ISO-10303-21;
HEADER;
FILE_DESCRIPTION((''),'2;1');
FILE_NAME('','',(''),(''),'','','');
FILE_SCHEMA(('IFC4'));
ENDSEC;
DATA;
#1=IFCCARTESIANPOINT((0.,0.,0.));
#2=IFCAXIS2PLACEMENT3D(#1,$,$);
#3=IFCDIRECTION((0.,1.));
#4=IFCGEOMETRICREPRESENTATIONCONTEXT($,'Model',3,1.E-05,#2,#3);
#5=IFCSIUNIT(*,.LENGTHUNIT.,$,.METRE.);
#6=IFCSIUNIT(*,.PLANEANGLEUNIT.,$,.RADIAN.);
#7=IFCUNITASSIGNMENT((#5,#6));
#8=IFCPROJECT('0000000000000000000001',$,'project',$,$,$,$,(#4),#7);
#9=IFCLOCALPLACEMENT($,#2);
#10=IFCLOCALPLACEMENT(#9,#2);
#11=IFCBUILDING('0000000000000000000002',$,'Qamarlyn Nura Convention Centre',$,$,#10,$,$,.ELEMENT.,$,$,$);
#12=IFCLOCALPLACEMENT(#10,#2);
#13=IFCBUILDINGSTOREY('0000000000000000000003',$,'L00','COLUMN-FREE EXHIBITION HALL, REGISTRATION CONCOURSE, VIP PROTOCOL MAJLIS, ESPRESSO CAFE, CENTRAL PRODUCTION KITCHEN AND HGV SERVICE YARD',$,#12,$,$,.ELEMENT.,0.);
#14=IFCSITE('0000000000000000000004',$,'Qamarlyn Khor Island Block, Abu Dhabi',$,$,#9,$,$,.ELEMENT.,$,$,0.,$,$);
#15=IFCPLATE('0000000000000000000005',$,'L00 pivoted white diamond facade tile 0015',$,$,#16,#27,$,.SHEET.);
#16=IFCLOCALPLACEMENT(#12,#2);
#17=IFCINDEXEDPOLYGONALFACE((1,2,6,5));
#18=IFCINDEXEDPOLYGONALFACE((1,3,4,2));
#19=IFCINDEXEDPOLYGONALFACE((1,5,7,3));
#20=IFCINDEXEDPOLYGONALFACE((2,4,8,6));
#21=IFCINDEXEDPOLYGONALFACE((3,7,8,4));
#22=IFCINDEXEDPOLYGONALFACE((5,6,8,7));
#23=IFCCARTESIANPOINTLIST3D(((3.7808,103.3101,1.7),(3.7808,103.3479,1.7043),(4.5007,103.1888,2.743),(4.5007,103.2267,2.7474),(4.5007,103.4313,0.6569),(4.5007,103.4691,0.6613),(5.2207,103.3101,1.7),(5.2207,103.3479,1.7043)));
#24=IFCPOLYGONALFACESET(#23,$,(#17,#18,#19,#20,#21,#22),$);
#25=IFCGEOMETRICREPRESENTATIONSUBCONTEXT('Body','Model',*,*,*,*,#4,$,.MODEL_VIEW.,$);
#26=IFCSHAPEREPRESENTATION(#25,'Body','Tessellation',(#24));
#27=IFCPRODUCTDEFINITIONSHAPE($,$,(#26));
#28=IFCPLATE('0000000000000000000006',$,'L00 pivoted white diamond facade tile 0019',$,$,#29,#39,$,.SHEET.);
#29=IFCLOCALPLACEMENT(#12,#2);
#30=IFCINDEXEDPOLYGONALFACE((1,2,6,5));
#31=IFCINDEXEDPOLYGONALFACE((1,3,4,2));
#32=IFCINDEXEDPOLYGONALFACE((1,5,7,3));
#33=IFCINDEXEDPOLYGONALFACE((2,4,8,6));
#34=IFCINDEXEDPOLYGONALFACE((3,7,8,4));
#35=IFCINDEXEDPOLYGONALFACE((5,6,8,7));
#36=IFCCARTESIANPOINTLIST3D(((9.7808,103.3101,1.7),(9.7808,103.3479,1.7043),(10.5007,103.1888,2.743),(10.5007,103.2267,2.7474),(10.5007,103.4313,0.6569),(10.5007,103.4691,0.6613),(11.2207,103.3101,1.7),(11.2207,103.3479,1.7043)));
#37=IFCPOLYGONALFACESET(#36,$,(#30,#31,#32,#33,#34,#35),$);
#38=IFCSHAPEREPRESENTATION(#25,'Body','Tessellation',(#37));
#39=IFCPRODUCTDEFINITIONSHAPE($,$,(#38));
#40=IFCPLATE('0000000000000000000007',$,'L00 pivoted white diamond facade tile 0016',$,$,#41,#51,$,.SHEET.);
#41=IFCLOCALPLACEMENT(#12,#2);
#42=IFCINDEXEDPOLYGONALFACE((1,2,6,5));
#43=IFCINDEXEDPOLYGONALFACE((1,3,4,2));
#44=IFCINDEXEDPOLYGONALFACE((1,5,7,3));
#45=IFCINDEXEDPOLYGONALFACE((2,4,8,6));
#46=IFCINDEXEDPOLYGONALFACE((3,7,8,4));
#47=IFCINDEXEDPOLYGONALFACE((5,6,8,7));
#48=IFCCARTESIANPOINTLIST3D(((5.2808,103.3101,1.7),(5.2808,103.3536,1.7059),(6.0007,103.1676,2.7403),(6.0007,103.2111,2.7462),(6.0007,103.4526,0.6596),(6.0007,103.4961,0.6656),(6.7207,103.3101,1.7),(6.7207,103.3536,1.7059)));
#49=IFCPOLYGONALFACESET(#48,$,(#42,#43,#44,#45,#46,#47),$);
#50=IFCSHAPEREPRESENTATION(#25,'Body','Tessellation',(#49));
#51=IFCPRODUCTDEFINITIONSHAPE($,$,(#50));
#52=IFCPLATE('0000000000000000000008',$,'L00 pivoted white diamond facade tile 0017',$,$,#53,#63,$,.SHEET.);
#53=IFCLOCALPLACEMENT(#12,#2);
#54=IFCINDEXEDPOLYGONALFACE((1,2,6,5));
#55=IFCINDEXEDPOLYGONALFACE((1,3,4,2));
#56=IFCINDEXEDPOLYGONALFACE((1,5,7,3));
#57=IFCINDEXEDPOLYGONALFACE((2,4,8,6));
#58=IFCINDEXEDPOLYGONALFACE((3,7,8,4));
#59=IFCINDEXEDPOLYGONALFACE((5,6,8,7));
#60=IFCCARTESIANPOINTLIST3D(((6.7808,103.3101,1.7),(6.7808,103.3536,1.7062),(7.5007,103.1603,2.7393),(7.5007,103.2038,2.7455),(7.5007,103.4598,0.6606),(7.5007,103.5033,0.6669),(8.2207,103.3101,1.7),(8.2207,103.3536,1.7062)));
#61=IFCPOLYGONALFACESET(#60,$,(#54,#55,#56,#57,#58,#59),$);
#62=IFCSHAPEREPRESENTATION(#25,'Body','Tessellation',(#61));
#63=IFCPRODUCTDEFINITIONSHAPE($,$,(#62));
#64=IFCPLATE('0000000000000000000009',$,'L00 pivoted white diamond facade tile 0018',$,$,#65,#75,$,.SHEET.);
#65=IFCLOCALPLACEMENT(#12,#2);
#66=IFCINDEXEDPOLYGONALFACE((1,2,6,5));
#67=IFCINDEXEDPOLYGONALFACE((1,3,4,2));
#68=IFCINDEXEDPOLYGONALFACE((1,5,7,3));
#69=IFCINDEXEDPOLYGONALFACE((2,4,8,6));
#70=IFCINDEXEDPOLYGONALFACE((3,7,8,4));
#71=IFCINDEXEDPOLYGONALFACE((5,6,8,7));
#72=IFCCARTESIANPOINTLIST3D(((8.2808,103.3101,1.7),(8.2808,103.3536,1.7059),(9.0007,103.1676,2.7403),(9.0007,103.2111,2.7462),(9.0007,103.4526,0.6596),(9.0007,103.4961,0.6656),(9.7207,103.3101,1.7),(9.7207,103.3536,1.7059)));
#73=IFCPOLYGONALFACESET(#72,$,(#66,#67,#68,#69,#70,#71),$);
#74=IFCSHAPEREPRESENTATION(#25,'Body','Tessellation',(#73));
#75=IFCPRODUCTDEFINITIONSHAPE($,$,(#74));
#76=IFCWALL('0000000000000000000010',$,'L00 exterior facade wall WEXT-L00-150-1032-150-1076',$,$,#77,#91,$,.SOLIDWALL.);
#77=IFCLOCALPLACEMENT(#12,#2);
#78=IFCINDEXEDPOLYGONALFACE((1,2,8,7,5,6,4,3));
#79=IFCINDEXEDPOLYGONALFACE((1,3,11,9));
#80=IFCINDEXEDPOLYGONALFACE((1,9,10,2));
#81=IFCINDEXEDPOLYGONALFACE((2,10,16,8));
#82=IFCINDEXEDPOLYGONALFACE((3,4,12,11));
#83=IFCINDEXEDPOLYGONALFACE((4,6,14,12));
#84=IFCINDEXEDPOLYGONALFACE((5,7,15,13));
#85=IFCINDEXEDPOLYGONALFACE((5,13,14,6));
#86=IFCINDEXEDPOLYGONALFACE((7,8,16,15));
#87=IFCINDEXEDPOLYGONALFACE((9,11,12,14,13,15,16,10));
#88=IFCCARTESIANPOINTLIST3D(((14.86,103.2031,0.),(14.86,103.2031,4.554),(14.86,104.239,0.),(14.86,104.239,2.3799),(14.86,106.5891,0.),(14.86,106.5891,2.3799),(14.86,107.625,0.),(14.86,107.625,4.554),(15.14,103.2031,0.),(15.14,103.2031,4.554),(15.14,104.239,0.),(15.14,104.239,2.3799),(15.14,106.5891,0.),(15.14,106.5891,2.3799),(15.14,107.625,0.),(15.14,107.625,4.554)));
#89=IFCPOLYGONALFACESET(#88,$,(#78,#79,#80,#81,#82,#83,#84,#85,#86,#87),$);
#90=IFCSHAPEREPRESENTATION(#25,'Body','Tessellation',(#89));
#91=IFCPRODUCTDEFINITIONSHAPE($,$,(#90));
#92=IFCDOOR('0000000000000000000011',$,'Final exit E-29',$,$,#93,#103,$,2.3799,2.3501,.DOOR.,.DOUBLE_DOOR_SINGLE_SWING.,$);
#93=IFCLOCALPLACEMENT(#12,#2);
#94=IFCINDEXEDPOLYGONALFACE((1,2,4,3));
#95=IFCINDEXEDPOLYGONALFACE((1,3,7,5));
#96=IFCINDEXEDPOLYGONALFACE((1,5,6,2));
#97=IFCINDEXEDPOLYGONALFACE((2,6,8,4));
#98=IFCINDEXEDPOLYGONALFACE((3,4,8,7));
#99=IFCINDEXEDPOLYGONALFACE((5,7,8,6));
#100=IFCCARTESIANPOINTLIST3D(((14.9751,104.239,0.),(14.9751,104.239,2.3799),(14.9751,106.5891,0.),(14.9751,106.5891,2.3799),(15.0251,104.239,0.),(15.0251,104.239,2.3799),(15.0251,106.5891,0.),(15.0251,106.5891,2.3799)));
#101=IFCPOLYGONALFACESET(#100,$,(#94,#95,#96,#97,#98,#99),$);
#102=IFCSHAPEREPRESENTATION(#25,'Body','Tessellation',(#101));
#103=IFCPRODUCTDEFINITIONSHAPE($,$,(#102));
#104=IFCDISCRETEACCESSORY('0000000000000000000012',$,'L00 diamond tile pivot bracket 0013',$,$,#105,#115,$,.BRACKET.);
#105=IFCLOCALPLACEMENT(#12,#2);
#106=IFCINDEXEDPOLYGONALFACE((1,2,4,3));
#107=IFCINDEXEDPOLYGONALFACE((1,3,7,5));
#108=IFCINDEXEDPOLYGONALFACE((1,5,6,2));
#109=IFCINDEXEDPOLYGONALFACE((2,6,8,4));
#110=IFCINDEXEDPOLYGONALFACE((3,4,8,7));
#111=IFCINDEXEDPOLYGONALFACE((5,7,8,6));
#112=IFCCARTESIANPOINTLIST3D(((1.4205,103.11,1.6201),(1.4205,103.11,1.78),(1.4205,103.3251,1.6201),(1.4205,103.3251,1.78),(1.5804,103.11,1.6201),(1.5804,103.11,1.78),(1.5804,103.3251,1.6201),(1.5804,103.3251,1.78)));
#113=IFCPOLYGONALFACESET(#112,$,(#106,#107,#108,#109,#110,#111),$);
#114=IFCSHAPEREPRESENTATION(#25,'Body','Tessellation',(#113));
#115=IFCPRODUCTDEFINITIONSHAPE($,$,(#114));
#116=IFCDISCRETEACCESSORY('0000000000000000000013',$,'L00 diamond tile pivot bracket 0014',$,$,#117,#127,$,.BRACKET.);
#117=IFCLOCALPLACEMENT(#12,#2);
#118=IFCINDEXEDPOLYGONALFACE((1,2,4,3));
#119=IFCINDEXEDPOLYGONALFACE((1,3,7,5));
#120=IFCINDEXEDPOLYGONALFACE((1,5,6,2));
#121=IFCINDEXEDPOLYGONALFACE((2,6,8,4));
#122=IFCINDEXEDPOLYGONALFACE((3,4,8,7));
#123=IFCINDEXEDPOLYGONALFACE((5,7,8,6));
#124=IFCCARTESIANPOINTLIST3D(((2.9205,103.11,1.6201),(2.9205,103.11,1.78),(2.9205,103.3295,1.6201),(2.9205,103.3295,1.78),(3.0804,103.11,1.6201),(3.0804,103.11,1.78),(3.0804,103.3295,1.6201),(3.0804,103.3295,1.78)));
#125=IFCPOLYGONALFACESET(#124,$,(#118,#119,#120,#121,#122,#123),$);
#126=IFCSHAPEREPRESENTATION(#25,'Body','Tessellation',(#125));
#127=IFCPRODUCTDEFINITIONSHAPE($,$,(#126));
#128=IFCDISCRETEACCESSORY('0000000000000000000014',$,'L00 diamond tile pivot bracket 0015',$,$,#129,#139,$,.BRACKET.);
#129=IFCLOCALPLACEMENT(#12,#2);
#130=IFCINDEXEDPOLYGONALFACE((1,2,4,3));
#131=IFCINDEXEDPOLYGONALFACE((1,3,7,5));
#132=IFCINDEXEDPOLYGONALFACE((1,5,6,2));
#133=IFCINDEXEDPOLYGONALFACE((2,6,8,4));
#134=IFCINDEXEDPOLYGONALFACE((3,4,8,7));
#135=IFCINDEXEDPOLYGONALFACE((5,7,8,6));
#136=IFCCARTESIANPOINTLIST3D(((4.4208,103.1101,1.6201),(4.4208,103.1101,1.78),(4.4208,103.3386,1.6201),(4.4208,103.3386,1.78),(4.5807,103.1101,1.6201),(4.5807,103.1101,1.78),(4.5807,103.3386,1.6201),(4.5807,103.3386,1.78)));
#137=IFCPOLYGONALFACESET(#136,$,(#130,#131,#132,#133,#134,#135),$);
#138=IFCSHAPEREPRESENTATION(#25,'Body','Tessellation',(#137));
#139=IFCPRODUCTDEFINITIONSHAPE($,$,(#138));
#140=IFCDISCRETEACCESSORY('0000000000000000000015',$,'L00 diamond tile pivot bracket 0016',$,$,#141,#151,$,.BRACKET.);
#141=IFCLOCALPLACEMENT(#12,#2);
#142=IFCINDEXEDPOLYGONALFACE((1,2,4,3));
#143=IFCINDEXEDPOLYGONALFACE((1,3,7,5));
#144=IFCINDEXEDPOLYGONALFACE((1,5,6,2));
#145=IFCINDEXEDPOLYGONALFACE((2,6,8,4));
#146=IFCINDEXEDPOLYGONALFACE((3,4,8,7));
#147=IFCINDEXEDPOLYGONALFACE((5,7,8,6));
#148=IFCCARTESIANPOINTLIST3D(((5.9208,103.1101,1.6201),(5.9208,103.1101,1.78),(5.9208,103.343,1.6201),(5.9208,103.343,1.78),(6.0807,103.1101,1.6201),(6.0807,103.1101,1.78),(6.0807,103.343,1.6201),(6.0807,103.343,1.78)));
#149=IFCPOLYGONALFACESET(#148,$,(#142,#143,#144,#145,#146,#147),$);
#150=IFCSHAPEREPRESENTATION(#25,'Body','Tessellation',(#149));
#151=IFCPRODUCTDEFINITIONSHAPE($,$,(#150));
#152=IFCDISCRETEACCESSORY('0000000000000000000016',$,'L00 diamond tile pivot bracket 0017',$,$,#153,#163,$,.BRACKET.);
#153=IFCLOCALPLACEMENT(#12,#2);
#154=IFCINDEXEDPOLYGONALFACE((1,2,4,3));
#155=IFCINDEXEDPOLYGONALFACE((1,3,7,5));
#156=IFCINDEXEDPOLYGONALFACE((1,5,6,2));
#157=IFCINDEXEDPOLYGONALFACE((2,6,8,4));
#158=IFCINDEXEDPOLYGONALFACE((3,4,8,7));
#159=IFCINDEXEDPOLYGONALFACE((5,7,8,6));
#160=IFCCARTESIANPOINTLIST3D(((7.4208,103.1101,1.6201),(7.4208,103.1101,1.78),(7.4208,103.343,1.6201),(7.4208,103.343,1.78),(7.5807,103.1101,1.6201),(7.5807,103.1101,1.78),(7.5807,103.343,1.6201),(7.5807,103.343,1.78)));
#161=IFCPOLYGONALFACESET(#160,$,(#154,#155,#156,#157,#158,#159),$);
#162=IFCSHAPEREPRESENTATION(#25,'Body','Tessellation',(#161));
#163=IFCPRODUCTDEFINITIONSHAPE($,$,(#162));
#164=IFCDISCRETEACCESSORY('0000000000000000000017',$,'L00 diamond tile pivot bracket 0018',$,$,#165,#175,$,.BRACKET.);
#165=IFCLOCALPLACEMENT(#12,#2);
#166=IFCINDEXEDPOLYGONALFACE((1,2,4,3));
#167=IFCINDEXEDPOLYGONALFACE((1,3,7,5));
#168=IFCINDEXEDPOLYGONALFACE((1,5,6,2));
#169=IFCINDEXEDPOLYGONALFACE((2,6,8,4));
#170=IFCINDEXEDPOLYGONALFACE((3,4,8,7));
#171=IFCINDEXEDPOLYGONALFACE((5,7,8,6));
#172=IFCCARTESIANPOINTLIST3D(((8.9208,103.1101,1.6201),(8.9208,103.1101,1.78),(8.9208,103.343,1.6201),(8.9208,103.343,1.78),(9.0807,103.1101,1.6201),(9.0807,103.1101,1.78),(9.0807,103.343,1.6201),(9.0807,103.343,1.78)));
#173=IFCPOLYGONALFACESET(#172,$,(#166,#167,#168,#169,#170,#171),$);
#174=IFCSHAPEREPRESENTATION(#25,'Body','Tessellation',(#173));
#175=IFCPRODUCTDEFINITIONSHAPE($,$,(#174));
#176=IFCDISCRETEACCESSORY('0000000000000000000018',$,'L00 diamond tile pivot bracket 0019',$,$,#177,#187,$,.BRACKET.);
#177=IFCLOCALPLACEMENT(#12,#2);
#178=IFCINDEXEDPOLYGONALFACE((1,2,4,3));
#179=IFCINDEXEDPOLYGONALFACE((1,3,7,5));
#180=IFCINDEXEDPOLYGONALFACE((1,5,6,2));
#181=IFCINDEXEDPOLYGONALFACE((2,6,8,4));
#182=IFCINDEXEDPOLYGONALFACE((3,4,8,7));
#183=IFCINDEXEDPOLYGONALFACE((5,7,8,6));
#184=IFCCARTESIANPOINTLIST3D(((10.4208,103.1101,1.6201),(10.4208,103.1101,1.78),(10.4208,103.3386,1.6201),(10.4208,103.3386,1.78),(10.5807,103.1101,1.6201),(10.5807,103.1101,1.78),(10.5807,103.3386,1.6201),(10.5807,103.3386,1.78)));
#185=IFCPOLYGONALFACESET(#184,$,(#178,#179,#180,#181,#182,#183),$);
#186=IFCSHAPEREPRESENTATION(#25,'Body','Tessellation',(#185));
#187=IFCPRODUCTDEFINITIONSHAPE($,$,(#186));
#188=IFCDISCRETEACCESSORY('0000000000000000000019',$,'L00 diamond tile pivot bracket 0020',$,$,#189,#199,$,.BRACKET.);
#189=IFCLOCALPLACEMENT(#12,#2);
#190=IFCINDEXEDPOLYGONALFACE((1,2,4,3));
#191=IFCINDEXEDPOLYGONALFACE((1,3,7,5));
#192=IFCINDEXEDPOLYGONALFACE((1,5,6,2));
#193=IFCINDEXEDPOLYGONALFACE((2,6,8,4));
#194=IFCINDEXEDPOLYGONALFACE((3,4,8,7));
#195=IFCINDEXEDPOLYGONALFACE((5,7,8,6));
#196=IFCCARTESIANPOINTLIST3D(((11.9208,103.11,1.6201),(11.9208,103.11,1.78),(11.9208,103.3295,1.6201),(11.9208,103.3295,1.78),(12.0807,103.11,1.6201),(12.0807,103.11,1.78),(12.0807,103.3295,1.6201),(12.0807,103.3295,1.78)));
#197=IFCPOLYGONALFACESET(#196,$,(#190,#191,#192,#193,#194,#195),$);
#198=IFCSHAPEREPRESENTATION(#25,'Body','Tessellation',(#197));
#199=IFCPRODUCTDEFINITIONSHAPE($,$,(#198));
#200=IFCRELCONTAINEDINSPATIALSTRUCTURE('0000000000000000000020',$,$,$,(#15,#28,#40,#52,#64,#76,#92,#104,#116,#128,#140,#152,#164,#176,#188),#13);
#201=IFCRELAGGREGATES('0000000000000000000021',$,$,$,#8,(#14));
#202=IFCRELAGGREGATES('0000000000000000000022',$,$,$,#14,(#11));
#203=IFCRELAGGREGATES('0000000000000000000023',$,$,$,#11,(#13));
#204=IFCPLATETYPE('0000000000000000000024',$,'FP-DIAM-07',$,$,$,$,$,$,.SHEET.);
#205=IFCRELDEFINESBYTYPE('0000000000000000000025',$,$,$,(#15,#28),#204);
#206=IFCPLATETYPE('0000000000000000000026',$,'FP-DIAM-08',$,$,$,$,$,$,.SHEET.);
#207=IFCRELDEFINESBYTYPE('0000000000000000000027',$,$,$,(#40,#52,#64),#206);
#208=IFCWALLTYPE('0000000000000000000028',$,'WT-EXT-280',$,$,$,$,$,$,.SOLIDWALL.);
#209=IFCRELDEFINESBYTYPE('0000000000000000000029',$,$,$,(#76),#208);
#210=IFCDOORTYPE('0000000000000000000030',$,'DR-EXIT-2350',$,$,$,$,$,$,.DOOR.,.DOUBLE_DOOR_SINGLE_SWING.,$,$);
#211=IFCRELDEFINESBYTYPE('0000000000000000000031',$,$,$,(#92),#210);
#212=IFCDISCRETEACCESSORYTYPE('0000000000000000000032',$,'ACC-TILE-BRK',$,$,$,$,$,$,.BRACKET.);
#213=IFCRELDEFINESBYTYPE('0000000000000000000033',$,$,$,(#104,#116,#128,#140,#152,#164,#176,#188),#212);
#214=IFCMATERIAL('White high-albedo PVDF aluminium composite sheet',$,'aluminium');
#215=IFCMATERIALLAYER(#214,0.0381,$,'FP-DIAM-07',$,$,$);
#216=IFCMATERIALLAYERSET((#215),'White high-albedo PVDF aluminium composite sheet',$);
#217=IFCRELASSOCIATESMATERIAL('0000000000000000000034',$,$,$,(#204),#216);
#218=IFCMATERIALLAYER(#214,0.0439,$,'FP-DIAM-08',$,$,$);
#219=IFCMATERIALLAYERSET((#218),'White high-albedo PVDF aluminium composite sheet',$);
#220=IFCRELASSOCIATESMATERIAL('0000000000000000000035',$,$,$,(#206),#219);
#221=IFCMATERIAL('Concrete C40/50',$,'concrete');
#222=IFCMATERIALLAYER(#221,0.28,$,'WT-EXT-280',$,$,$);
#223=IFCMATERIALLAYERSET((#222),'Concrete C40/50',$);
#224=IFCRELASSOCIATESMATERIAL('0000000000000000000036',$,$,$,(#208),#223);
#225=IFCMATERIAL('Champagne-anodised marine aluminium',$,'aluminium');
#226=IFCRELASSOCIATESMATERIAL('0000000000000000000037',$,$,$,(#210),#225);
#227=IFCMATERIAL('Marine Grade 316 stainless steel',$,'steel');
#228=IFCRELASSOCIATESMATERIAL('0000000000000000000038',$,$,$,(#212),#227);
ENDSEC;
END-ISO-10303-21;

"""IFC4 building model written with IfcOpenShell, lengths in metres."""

from ifc_helpers import new_model, si_unit, direction, frame, frame_2d, origin, origin_2d, place, context, subcontext, project, spatial, polyline, rectangle, outline, extrude, material, layer, layer_set, type_object, element, fill, save


model = new_model("IFC4")

# Units and contexts
model_context = context("Model", 3, precision=1e-05, world=origin(), true_north=direction((0.0, 1.0)))
body_context = subcontext(model_context, "Body", "Model", "MODEL_VIEW")
ifc_project = project(units=[si_unit("LENGTHUNIT", "METRE"), si_unit("PLANEANGLEUNIT", "RADIAN")], contexts=[model_context])

# Site, building, storey
site_placement = place(None, origin())
site = spatial("IfcSite", under=ifc_project, at=site_placement, Name="Qamarlyn Khor Island Block, Abu Dhabi", CompositionType="ELEMENT", RefElevation=0.0)
building_placement = place(site_placement, origin())
building = spatial("IfcBuilding", under=site, at=building_placement, Name="Qamarlyn Nura Convention Centre", CompositionType="ELEMENT")
storey_placement = place(building_placement, origin())
storey = spatial("IfcBuildingStorey", under=building, at=storey_placement, Name="L00", Description="COLUMN-FREE EXHIBITION HALL, REGISTRATION CONCOURSE, VIP PROTOCOL MAJLIS, ESPRESSO CAFE, CENTRAL PRODUCTION KITCHEN AND HGV SERVICE YARD", CompositionType="ELEMENT", Elevation=0.0)

# Plates
ifc_material_1 = material(Name="White high-albedo PVDF aluminium composite sheet", Category="aluminium")
ifc_layer_1 = layer(ifc_material_1, 0.0381, Name="FP-DIAM-07")
ifc_layer_set_1 = layer_set([ifc_layer_1], Name="White high-albedo PVDF aluminium composite sheet")
plate_type_1 = type_object("IfcPlateType", Name="FP-DIAM-07", PredefinedType="SHEET", material=ifc_layer_set_1)
for number, where, z_axis, x_axis, name in (
    (1, (4.5007, 103.3101, 1.7), (0.0, 0.993312, 0.115457), (-1.0, 0.0, 0.0), "L00 pivoted white diamond facade tile 0015"),
    (2, (10.5007, 103.3101, 1.7), (0.0, 0.993312, 0.115457), (-1.0, 0.0, 0.0), "L00 pivoted white diamond facade tile 0019"),
):
    element("IfcPlate", number, at=place(storey_placement, frame(where, z_axis=z_axis, x_axis=x_axis)), inside=storey, type_object=plate_type_1, Name=name, PredefinedType="SHEET", context=body_context, shape_type="SweptSolid", body=[
        extrude(outline(polyline([(-0.72, 0.0), (0.0, -1.05), (0.72, 0.0), (0.0, 1.05), (-0.72, 0.0)])), origin(), (0.0, 0.0, 1.0), 0.0381),
    ])
ifc_layer_2 = layer(ifc_material_1, 0.0439, Name="FP-DIAM-08")
ifc_layer_set_2 = layer_set([ifc_layer_2], Name="White high-albedo PVDF aluminium composite sheet")
plate_type_2 = type_object("IfcPlateType", Name="FP-DIAM-08", PredefinedType="SHEET", material=ifc_layer_set_2)
for number, where, z_axis, x_axis, name in (
    (3, (6.0007, 103.3101, 1.7), (0.0, 0.990748, 0.135716), (-1.0, 0.0, 0.0), "L00 pivoted white diamond facade tile 0016"),
    (4, (7.5007, 103.3101, 1.7), (0.0, 0.989776, 0.142629), (-1.0, 0.0, 0.0), "L00 pivoted white diamond facade tile 0017"),
    (5, (9.0007, 103.3101, 1.7), (0.0, 0.990748, 0.135716), (-1.0, 0.0, 0.0), "L00 pivoted white diamond facade tile 0018"),
):
    element("IfcPlate", number, at=place(storey_placement, frame(where, z_axis=z_axis, x_axis=x_axis)), inside=storey, type_object=plate_type_2, Name=name, PredefinedType="SHEET", context=body_context, shape_type="SweptSolid", body=[
        extrude(outline(polyline([(-0.72, 0.0), (0.0, -1.05), (0.72, 0.0), (0.0, 1.05), (-0.72, 0.0)])), origin(), (0.0, 0.0, 1.0), 0.0439),
    ])

# Wall, opening, door
ifc_material_2 = material(Name="Concrete C40/50", Category="concrete")
ifc_layer_3 = layer(ifc_material_2, 0.28, Name="WT-EXT-280")
ifc_layer_set_3 = layer_set([ifc_layer_3], Name="Concrete C40/50")
wall_type = type_object("IfcWallType", Name="WT-EXT-280", PredefinedType="SOLIDWALL", material=ifc_layer_set_3)
wall_placement = place(storey_placement, frame((15.0, 103.2031, 0.0), z_axis=(0.0, 0.0, 1.0), x_axis=(0.0, 1.0, 0.0)))
wall = element("IfcWall", 6, at=wall_placement, inside=storey, type_object=wall_type, Name="L00 exterior facade wall WEXT-L00-150-1032-150-1076", PredefinedType="SOLIDWALL", context=body_context, shape_type="SweptSolid", body=[
    extrude(rectangle(XDim=4.4219, YDim=0.28, at=frame_2d((2.2109, 0.0))), origin(), (0.0, 0.0, 1.0), 4.554),
])
opening_placement = place(wall_placement, frame((1.0359, 0.0, 0.0)))
opening = element("IfcOpeningElement", 7, at=opening_placement, cuts=wall, PredefinedType="OPENING", context=body_context, shape_type="SweptSolid", body=[
    extrude(rectangle(XDim=2.3501, YDim=2.3799, at=frame_2d((1.175, 1.1899))), frame((0.0, 0.1499, 0.0), z_axis=(0.0, -1.0, 0.0), x_axis=(1.0, 0.0, 0.0)), (0.0, 0.0, 1.0), 0.3),
])
ifc_material_3 = material(Name="Champagne-anodised marine aluminium", Category="aluminium")
door_type = type_object("IfcDoorType", Name="DR-EXIT-2350", OperationType="DOUBLE_DOOR_SINGLE_SWING", PredefinedType="DOOR", material=ifc_material_3)
door_placement = place(opening_placement, origin())
door = element("IfcDoor", 8, at=door_placement, inside=storey, type_object=door_type, Name="Final exit E-29", OperationType="DOUBLE_DOOR_SINGLE_SWING", OverallHeight=2.3799, OverallWidth=2.3501, PredefinedType="DOOR", context=body_context, shape_type="SweptSolid", body=[
    extrude(rectangle(XDim=2.3501, YDim=2.3799, at=frame_2d((1.175, 1.1899))), frame((0.0, 0.0249, 0.0), z_axis=(0.0, -1.0, 0.0), x_axis=(1.0, 0.0, 0.0)), (0.0, 0.0, 1.0), 0.05),
])
fill(opening, door)

# Discrete accessories
ifc_material_4 = material(Name="Marine Grade 316 stainless steel", Category="steel")
discrete_accessory_type = type_object("IfcDiscreteAccessoryType", Name="ACC-TILE-BRK", PredefinedType="BRACKET", material=ifc_material_4)
discrete_accessory_1_placement = place(storey_placement, frame((1.5005, 103.2175, 1.6201), z_axis=(0.0, 0.0, 1.0), x_axis=(0.0, 1.0, 0.0)))
element("IfcDiscreteAccessory", 9, at=discrete_accessory_1_placement, inside=storey, type_object=discrete_accessory_type, Name="L00 diamond tile pivot bracket 0013", PredefinedType="BRACKET", context=body_context, shape_type="SweptSolid", body=[
    extrude(rectangle(XDim=0.2151, YDim=0.1599, at=origin_2d()), origin(), (0.0, 0.0, 1.0), 0.1599),
])
discrete_accessory_2_placement = place(storey_placement, frame((3.0005, 103.2197, 1.6201), z_axis=(0.0, 0.0, 1.0), x_axis=(0.0, 1.0, 0.0)))
element("IfcDiscreteAccessory", 10, at=discrete_accessory_2_placement, inside=storey, type_object=discrete_accessory_type, Name="L00 diamond tile pivot bracket 0014", PredefinedType="BRACKET", context=body_context, shape_type="SweptSolid", body=[
    extrude(rectangle(XDim=0.2195, YDim=0.1599, at=origin_2d()), origin(), (0.0, 0.0, 1.0), 0.1599),
])
discrete_accessory_3_placement = place(storey_placement, frame((4.5007, 103.2244, 1.6201), z_axis=(0.0, 0.0, 1.0), x_axis=(0.0, 1.0, 0.0)))
element("IfcDiscreteAccessory", 11, at=discrete_accessory_3_placement, inside=storey, type_object=discrete_accessory_type, Name="L00 diamond tile pivot bracket 0015", PredefinedType="BRACKET", context=body_context, shape_type="SweptSolid", body=[
    extrude(rectangle(XDim=0.2285, YDim=0.1599, at=origin_2d()), origin(), (0.0, 0.0, 1.0), 0.1599),
])
for number, where, z_axis, x_axis, name in (
    (12, (6.0007, 103.2266, 1.6201), (0.0, 0.0, 1.0), (0.0, 1.0, 0.0), "L00 diamond tile pivot bracket 0016"),
    (13, (7.5007, 103.2266, 1.6201), (0.0, 0.0, 1.0), (0.0, 1.0, 0.0), "L00 diamond tile pivot bracket 0017"),
    (14, (9.0007, 103.2266, 1.6201), (0.0, 0.0, 1.0), (0.0, 1.0, 0.0), "L00 diamond tile pivot bracket 0018"),
):
    element("IfcDiscreteAccessory", number, at=place(storey_placement, frame(where, z_axis=z_axis, x_axis=x_axis)), inside=storey, type_object=discrete_accessory_type, Name=name, PredefinedType="BRACKET", context=body_context, shape_type="SweptSolid", body=[
        extrude(rectangle(XDim=0.2329, YDim=0.1599, at=origin_2d()), origin(), (0.0, 0.0, 1.0), 0.1599),
    ])
discrete_accessory_4_placement = place(storey_placement, frame((10.5007, 103.2244, 1.6201), z_axis=(0.0, 0.0, 1.0), x_axis=(0.0, 1.0, 0.0)))
element("IfcDiscreteAccessory", 15, at=discrete_accessory_4_placement, inside=storey, type_object=discrete_accessory_type, Name="L00 diamond tile pivot bracket 0019", PredefinedType="BRACKET", context=body_context, shape_type="SweptSolid", body=[
    extrude(rectangle(XDim=0.2285, YDim=0.1599, at=origin_2d()), origin(), (0.0, 0.0, 1.0), 0.1599),
])
discrete_accessory_5_placement = place(storey_placement, frame((12.0007, 103.2197, 1.6201), z_axis=(0.0, 0.0, 1.0), x_axis=(0.0, 1.0, 0.0)))
element("IfcDiscreteAccessory", 16, at=discrete_accessory_5_placement, inside=storey, type_object=discrete_accessory_type, Name="L00 diamond tile pivot bracket 0020", PredefinedType="BRACKET", context=body_context, shape_type="SweptSolid", body=[
    extrude(rectangle(XDim=0.2195, YDim=0.1599, at=origin_2d()), origin(), (0.0, 0.0, 1.0), 0.1599),
])

save(model, "model.ifc")
